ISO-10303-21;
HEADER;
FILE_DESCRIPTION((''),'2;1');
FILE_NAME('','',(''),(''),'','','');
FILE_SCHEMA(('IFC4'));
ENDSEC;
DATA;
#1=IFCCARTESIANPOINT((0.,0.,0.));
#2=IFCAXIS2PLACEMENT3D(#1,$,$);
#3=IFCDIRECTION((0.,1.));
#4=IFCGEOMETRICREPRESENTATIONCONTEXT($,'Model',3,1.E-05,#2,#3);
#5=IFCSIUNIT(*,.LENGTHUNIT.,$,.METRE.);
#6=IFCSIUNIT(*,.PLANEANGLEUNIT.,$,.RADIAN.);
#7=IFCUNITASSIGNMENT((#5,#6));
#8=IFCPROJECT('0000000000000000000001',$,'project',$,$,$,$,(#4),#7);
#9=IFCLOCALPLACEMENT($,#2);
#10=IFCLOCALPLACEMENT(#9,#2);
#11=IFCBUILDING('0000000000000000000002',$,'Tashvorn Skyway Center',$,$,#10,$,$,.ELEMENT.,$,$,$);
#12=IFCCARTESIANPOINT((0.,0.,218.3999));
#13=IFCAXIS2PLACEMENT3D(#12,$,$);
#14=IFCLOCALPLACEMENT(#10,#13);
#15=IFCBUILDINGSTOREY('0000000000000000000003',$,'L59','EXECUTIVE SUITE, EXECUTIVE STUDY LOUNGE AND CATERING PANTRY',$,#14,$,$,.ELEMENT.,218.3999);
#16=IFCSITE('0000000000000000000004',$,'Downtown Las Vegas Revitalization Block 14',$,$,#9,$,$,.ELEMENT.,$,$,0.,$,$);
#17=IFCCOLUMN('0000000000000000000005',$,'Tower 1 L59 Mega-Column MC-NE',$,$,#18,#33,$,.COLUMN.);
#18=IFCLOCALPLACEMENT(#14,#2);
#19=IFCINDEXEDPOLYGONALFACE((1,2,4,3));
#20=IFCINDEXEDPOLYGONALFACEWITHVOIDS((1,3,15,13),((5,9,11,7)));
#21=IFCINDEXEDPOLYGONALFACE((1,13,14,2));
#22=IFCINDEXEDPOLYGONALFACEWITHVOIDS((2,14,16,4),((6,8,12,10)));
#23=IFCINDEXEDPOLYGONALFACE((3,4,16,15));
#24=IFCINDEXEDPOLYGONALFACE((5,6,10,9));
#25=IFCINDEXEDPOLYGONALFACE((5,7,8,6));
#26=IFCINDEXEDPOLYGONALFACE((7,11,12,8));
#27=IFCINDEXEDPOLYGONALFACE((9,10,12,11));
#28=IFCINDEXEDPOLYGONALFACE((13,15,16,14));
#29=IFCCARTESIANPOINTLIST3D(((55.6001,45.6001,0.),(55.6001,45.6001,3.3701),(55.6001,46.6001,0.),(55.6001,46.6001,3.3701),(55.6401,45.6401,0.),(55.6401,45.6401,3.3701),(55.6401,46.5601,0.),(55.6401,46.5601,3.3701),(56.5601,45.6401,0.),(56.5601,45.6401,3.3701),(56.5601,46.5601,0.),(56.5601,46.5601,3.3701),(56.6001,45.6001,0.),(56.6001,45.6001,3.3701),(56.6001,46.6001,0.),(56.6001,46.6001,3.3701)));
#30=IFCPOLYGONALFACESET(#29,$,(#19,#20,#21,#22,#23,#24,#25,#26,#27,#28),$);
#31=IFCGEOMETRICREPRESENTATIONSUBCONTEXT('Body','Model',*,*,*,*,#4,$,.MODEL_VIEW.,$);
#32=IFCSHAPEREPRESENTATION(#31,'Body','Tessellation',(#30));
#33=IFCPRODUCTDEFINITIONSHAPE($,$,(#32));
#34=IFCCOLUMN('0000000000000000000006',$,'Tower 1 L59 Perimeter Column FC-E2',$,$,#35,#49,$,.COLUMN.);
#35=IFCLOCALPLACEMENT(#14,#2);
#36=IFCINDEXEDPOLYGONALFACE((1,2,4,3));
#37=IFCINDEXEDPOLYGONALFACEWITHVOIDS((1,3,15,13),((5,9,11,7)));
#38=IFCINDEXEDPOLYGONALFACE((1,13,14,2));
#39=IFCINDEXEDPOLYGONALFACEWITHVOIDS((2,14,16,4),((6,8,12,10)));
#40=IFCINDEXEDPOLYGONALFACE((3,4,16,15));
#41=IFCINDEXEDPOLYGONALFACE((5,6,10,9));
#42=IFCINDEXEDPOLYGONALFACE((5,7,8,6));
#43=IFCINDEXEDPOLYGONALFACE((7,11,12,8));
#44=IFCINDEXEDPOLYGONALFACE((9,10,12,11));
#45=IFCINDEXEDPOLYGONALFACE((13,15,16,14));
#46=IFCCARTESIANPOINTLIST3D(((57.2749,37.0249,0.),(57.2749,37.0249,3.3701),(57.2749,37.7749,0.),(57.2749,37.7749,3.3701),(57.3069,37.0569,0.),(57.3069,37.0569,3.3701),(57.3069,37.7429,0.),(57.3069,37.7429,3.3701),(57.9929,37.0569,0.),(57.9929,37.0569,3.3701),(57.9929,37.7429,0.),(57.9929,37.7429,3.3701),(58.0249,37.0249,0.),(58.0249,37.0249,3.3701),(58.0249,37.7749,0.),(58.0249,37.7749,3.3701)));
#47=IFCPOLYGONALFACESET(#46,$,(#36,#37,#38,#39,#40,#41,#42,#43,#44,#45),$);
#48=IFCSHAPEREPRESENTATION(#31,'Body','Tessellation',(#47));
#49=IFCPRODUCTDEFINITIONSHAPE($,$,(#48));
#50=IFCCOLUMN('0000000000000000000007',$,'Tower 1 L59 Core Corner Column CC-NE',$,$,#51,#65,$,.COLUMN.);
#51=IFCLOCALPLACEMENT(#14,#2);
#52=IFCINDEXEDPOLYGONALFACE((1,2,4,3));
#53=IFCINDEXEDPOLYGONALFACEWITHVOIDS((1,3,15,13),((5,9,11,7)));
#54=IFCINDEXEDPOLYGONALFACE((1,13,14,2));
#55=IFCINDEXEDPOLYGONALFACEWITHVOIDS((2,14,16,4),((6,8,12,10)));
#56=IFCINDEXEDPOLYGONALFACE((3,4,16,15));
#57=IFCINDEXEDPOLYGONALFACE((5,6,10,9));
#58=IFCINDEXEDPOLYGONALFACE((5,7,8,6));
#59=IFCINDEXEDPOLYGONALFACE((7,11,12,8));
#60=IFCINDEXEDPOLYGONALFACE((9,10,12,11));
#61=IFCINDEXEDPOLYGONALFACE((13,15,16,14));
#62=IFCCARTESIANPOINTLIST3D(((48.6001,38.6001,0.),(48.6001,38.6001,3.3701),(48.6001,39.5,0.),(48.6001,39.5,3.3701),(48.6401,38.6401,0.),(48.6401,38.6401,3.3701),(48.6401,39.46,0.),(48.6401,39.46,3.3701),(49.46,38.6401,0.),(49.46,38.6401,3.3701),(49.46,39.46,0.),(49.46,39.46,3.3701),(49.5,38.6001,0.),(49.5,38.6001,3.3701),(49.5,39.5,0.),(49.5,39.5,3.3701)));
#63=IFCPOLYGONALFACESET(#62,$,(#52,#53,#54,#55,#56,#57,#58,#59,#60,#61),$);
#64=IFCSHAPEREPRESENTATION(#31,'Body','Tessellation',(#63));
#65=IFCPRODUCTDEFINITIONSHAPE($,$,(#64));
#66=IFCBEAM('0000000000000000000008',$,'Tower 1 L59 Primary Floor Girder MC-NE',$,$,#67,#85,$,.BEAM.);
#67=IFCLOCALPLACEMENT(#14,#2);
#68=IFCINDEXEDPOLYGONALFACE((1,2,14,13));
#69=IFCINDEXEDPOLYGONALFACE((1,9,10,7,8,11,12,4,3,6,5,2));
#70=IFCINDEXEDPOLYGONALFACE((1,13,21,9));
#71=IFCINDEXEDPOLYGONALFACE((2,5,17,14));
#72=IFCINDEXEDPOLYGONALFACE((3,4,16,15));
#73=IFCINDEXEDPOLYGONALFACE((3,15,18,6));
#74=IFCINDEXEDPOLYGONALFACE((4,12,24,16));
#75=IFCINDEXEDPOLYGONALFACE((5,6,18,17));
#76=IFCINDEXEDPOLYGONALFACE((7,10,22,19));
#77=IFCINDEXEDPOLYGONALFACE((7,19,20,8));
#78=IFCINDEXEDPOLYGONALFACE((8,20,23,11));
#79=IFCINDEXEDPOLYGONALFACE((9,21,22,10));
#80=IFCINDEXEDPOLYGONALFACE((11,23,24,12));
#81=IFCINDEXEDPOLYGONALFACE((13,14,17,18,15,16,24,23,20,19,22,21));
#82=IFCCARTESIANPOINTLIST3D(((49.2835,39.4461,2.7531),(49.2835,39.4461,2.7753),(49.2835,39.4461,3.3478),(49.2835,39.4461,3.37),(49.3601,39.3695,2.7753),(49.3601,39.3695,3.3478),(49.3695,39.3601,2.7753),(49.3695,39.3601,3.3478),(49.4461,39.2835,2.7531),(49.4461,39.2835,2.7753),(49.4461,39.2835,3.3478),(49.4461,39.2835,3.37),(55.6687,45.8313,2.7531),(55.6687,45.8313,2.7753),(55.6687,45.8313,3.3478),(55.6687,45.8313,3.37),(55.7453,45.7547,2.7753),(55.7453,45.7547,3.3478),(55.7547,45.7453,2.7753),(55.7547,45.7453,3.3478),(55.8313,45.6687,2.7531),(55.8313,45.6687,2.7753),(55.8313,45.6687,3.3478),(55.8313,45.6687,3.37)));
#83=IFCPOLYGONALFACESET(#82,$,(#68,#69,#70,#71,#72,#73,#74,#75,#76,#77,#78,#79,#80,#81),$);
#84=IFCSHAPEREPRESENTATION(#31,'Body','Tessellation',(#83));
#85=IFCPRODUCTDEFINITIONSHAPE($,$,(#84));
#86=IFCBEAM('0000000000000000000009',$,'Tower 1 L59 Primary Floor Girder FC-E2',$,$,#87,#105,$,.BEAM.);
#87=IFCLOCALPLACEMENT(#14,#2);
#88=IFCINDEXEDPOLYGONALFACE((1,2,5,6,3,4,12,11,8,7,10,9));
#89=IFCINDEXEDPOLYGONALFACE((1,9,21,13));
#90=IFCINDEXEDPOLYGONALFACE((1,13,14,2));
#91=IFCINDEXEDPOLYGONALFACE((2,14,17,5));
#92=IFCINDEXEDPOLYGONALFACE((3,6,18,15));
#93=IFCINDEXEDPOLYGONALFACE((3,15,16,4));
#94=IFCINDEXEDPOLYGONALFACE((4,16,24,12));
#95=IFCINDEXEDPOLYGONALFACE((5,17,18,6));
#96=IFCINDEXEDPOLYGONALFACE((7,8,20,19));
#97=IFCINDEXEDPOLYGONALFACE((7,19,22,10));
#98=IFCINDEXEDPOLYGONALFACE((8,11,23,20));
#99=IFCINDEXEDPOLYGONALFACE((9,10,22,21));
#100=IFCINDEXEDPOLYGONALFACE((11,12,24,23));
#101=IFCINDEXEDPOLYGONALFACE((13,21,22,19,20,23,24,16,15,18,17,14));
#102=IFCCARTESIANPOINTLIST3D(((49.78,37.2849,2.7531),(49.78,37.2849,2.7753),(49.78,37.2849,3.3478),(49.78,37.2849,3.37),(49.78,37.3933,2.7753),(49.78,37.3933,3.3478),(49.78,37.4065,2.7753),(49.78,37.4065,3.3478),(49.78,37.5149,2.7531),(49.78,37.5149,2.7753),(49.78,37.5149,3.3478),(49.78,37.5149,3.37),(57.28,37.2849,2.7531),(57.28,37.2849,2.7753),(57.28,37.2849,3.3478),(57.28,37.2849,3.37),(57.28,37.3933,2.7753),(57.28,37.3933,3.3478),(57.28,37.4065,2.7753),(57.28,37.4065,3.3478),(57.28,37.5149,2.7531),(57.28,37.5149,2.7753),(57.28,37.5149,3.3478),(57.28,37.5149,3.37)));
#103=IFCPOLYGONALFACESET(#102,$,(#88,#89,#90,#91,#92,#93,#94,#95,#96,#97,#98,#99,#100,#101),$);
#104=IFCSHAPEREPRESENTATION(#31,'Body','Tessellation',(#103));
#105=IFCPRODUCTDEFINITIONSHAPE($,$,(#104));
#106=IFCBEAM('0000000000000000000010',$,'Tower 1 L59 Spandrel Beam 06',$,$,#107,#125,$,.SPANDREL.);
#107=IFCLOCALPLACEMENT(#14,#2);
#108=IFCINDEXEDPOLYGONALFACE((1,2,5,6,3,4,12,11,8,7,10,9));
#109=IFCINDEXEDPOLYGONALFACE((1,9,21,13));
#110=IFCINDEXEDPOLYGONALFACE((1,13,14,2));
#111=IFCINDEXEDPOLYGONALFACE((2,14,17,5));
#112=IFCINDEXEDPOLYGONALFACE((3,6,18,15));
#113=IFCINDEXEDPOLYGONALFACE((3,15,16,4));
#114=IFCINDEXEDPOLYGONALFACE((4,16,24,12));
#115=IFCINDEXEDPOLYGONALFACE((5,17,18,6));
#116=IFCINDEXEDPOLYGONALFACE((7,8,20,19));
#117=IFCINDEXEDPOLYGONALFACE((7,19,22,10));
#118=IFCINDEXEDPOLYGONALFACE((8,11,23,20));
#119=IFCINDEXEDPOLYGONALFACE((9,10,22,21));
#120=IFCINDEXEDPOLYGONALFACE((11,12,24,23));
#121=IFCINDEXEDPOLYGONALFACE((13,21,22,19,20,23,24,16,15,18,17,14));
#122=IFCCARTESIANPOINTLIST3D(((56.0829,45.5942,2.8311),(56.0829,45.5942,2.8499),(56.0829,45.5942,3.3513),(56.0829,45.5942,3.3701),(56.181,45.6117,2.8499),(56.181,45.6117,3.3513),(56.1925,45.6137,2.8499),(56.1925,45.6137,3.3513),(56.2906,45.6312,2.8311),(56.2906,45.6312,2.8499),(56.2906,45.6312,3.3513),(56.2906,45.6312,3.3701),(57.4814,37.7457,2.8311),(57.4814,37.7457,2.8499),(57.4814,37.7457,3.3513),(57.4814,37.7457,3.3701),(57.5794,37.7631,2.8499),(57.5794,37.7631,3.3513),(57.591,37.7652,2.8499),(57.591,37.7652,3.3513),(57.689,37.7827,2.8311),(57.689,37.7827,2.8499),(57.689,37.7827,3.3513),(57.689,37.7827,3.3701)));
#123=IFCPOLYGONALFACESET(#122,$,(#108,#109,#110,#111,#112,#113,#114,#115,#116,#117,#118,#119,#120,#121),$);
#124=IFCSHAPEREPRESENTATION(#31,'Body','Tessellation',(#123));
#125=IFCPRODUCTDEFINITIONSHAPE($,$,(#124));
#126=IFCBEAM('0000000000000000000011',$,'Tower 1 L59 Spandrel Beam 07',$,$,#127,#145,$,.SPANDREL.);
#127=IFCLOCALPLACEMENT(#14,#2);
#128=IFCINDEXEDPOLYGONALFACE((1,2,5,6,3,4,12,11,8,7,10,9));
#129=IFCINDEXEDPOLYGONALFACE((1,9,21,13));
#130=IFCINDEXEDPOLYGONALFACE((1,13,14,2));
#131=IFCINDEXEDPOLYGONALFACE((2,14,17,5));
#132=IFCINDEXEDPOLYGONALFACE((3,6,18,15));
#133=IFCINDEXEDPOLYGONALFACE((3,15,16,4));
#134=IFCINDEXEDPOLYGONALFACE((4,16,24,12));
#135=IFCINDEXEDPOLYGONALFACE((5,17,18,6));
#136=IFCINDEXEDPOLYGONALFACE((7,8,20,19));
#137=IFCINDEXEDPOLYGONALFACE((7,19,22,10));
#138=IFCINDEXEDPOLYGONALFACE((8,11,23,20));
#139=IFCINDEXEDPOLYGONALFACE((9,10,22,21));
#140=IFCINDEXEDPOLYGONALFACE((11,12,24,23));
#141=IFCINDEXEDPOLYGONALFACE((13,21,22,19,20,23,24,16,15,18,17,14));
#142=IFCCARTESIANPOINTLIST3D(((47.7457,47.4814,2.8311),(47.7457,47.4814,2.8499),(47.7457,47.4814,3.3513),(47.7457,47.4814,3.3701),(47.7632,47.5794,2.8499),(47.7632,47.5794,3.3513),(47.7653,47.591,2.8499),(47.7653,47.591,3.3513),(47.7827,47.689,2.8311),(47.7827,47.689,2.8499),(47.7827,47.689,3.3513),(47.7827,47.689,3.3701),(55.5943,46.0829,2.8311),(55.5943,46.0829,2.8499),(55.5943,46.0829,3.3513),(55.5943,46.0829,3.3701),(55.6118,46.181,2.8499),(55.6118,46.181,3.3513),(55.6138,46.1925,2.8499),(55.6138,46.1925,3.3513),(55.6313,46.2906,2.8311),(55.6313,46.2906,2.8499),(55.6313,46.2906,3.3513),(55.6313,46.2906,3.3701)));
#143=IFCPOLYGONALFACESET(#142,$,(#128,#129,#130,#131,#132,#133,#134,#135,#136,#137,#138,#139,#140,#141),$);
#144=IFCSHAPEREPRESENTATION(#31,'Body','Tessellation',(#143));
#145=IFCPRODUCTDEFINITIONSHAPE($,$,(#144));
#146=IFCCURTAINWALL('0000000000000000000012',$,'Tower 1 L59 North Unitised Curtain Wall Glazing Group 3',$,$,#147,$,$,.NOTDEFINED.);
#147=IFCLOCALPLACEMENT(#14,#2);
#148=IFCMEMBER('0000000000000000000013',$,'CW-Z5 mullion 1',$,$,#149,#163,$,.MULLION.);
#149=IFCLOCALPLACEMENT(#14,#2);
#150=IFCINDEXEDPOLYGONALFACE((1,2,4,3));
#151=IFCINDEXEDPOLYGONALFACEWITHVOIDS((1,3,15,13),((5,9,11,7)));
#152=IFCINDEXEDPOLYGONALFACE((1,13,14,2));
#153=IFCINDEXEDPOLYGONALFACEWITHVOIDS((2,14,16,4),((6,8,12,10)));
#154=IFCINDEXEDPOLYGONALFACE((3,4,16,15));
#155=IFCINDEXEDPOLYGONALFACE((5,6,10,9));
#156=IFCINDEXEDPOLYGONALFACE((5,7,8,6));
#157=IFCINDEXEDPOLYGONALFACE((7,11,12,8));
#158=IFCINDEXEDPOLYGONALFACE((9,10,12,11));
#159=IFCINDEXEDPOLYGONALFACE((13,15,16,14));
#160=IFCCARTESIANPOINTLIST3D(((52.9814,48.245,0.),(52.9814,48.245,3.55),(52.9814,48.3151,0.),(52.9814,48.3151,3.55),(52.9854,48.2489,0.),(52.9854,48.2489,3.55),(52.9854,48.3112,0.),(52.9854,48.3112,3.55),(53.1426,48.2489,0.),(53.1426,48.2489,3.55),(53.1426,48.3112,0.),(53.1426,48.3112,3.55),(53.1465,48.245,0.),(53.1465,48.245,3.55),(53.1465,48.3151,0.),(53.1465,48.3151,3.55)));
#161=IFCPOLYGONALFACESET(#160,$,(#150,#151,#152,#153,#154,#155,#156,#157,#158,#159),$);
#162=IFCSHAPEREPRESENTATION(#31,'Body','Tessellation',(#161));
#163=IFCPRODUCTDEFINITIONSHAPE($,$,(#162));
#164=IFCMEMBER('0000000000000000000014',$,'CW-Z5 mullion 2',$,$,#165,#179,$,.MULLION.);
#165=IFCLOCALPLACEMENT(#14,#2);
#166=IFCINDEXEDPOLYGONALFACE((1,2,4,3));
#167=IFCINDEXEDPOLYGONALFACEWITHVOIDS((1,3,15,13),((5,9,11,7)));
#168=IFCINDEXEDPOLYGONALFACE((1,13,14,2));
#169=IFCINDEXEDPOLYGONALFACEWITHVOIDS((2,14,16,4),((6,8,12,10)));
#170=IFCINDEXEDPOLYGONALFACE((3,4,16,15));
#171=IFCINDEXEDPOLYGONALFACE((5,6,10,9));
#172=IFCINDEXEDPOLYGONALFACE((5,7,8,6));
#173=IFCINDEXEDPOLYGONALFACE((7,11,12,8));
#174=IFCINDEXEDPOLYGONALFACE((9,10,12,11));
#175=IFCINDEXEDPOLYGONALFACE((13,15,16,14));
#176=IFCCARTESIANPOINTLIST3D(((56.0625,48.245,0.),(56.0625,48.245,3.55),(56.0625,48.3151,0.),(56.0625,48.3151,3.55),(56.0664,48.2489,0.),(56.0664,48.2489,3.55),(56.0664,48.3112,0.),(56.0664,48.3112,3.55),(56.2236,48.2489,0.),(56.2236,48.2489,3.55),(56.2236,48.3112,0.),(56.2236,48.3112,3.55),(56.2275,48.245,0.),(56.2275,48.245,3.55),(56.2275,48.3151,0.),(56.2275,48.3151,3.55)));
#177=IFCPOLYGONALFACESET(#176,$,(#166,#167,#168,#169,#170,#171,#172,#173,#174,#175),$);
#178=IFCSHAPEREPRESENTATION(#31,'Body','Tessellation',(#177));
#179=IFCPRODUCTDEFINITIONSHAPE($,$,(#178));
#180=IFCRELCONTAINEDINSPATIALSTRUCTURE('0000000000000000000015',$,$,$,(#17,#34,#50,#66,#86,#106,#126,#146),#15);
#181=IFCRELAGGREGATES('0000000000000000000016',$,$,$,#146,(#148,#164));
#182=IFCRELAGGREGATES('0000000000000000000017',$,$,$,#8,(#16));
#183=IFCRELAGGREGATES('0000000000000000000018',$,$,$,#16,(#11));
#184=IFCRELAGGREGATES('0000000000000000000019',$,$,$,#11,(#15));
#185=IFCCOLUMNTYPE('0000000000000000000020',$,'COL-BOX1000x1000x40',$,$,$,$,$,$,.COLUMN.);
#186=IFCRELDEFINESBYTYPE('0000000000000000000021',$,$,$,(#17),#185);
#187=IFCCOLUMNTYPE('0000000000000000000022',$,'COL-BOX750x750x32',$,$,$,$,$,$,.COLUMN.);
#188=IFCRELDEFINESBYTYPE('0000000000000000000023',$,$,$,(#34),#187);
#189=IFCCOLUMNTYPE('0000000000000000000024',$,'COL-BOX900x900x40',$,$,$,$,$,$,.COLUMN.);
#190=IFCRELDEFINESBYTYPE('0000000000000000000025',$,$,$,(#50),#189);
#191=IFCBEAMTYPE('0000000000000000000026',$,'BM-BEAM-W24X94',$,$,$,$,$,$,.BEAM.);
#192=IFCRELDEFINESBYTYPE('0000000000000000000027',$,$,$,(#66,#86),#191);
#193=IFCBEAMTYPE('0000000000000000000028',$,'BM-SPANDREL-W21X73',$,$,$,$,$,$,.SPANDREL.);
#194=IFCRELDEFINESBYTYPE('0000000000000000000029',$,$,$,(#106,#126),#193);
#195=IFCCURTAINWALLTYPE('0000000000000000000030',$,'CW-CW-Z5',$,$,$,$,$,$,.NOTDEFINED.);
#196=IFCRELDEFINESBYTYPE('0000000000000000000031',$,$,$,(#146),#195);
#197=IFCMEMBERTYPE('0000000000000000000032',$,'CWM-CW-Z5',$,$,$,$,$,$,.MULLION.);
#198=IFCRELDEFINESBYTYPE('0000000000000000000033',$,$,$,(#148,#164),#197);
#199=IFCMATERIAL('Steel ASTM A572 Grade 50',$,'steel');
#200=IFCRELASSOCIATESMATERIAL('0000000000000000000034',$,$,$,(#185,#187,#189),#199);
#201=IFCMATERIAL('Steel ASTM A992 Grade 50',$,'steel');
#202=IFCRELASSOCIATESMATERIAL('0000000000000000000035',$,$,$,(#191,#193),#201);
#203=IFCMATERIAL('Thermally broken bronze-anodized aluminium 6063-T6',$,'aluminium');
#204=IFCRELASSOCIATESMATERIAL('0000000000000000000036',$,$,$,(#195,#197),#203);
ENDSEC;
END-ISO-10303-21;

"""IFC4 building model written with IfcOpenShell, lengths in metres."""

from ifc_helpers import new_model, si_unit, direction, frame, origin, origin_2d, place, context, subcontext, project, spatial, hollow_rectangle, i_section, extrude, material, material_profile, profile_set, type_object, element, aggregate, save


model = new_model("IFC4")

# Units and contexts
model_context = context("Model", 3, precision=1e-05, world=origin(), true_north=direction((0.0, 1.0)))
body_context = subcontext(model_context, "Body", "Model", "MODEL_VIEW")
ifc_project = project(units=[si_unit("LENGTHUNIT", "METRE"), si_unit("PLANEANGLEUNIT", "RADIAN")], contexts=[model_context])

# Site, building, storey
site_placement = place(None, origin())
site = spatial("IfcSite", under=ifc_project, at=site_placement, Name="Downtown Las Vegas Revitalization Block 14", CompositionType="ELEMENT", RefElevation=0.0)
building_placement = place(site_placement, origin())
building = spatial("IfcBuilding", under=site, at=building_placement, Name="Tashvorn Skyway Center", CompositionType="ELEMENT")
storey_placement = place(building_placement, frame((0.0, 0.0, 218.3999)))
storey = spatial("IfcBuildingStorey", under=building, at=storey_placement, Name="L59", Description="EXECUTIVE SUITE, EXECUTIVE STUDY LOUNGE AND CATERING PANTRY", CompositionType="ELEMENT", Elevation=218.3999)

# Columns
ifc_material_1 = material(Name="Steel ASTM A572 Grade 50", Category="steel")
ifc_material_profile_1 = material_profile(ifc_material_1, hollow_rectangle(XDim=1.0, YDim=1.0, WallThickness=0.04, at=origin_2d()), Name="BOX1000x1000x40")
ifc_profile_set_1 = profile_set([ifc_material_profile_1], Name="Steel ASTM A572 Grade 50")
column_type_1 = type_object("IfcColumnType", Name="COL-BOX1000x1000x40", PredefinedType="COLUMN", material=ifc_profile_set_1)
column_1_placement = place(storey_placement, frame((56.1001, 46.1001, 0.0), z_axis=(0.0, 0.0, 1.0), x_axis=(1.0, 0.0, 0.0)))
element("IfcColumn", 1, at=column_1_placement, inside=storey, type_object=column_type_1, Name="Tower 1 L59 Mega-Column MC-NE", PredefinedType="COLUMN", context=body_context, shape_type="SweptSolid", body=[
    extrude(hollow_rectangle(XDim=1.0, YDim=1.0, WallThickness=0.04, at=origin_2d()), origin(), (0.0, 0.0, 1.0), 3.3701),
])
ifc_material_profile_2 = material_profile(ifc_material_1, hollow_rectangle(XDim=0.75, YDim=0.75, WallThickness=0.032, at=origin_2d()), Name="BOX750x750x32")
ifc_profile_set_2 = profile_set([ifc_material_profile_2], Name="Steel ASTM A572 Grade 50")
column_type_2 = type_object("IfcColumnType", Name="COL-BOX750x750x32", PredefinedType="COLUMN", material=ifc_profile_set_2)
column_2_placement = place(storey_placement, frame((57.6499, 37.3999, 0.0), z_axis=(0.0, 0.0, 1.0), x_axis=(1.0, 0.0, 0.0)))
element("IfcColumn", 2, at=column_2_placement, inside=storey, type_object=column_type_2, Name="Tower 1 L59 Perimeter Column FC-E2", PredefinedType="COLUMN", context=body_context, shape_type="SweptSolid", body=[
    extrude(hollow_rectangle(XDim=0.75, YDim=0.75, WallThickness=0.032, at=origin_2d()), origin(), (0.0, 0.0, 1.0), 3.3701),
])
ifc_material_profile_3 = material_profile(ifc_material_1, hollow_rectangle(XDim=0.8999, YDim=0.8999, WallThickness=0.04, at=origin_2d()), Name="BOX900x900x40")
ifc_profile_set_3 = profile_set([ifc_material_profile_3], Name="Steel ASTM A572 Grade 50")
column_type_3 = type_object("IfcColumnType", Name="COL-BOX900x900x40", PredefinedType="COLUMN", material=ifc_profile_set_3)
column_3_placement = place(storey_placement, frame((49.05, 39.05, 0.0), z_axis=(0.0, 0.0, 1.0), x_axis=(1.0, 0.0, 0.0)))
element("IfcColumn", 3, at=column_3_placement, inside=storey, type_object=column_type_3, Name="Tower 1 L59 Core Corner Column CC-NE", PredefinedType="COLUMN", context=body_context, shape_type="SweptSolid", body=[
    extrude(hollow_rectangle(XDim=0.8999, YDim=0.8999, WallThickness=0.04, at=origin_2d()), origin(), (0.0, 0.0, 1.0), 3.3701),
])

# Beams
ifc_material_2 = material(Name="Steel ASTM A992 Grade 50", Category="steel")
ifc_material_profile_4 = material_profile(ifc_material_2, i_section(OverallWidth=0.23, OverallDepth=0.6169, WebThickness=0.0132, FlangeThickness=0.0222, at=origin_2d()), Name="W24X94")
ifc_profile_set_4 = profile_set([ifc_material_profile_4], Name="Steel ASTM A992 Grade 50")
beam_type_1 = type_object("IfcBeamType", Name="BM-BEAM-W24X94", PredefinedType="BEAM", material=ifc_profile_set_4)
beam_1_placement = place(storey_placement, frame((55.75, 45.75, 3.0615), z_axis=(-0.707107, -0.707107, 0.0), x_axis=(0.707107, -0.707107, 0.0)))
element("IfcBeam", 4, at=beam_1_placement, inside=storey, type_object=beam_type_1, Name="Tower 1 L59 Primary Floor Girder MC-NE", PredefinedType="BEAM", context=body_context, shape_type="SweptSolid", body=[
    extrude(i_section(OverallWidth=0.23, OverallDepth=0.6169, WebThickness=0.0132, FlangeThickness=0.0222, at=origin_2d()), origin(), (0.0, 0.0, 1.0), 9.03),
])
beam_2_placement = place(storey_placement, frame((57.28, 37.3999, 3.0615), z_axis=(-1.0, 0.0, 0.0), x_axis=(0.0, -1.0, 0.0)))
element("IfcBeam", 5, at=beam_2_placement, inside=storey, type_object=beam_type_1, Name="Tower 1 L59 Primary Floor Girder FC-E2", PredefinedType="BEAM", context=body_context, shape_type="SweptSolid", body=[
    extrude(i_section(OverallWidth=0.23, OverallDepth=0.6169, WebThickness=0.0132, FlangeThickness=0.0222, at=origin_2d()), origin(), (0.0, 0.0, 1.0), 7.5),
])
ifc_material_profile_5 = material_profile(ifc_material_2, i_section(OverallWidth=0.2109, OverallDepth=0.5391, WebThickness=0.0117, FlangeThickness=0.0188, at=origin_2d()), Name="W21X73")
ifc_profile_set_5 = profile_set([ifc_material_profile_5], Name="Steel ASTM A992 Grade 50")
beam_type_2 = type_object("IfcBeamType", Name="BM-SPANDREL-W21X73", PredefinedType="SPANDREL", material=ifc_profile_set_5)
for number, where, z_axis, x_axis, name in (
    (6, (57.5852, 37.7642, 3.1006), (-0.175413, 0.984495, 0.0), (-0.984495, -0.175413, 0.0), "Tower 1 L59 Spandrel Beam 06"),
    (7, (55.6128, 46.1868, 3.1006), (-0.984495, 0.175413, 0.0), (-0.175413, -0.984495, 0.0), "Tower 1 L59 Spandrel Beam 07"),
):
    element("IfcBeam", number, at=place(storey_placement, frame(where, z_axis=z_axis, x_axis=x_axis)), inside=storey, type_object=beam_type_2, Name=name, PredefinedType="SPANDREL", context=body_context, shape_type="SweptSolid", body=[
        extrude(i_section(OverallWidth=0.2109, OverallDepth=0.5391, WebThickness=0.0117, FlangeThickness=0.0188, at=origin_2d()), origin(), (0.0, 0.0, 1.0), 7.9722),
    ])

# Curtain wall, members
ifc_material_3 = material(Name="Thermally broken bronze-anodized aluminium 6063-T6", Category="aluminium")
curtain_wall_type = type_object("IfcCurtainWallType", Name="CW-CW-Z5", PredefinedType="NOTDEFINED", material=ifc_material_3)
curtain_wall_1_placement = place(storey_placement, origin())
curtain_wall_1 = element("IfcCurtainWall", 8, at=curtain_wall_1_placement, inside=storey, type_object=curtain_wall_type, Name="Tower 1 L59 North Unitised Curtain Wall Glazing Group 3", PredefinedType="NOTDEFINED")
ifc_material_profile_6 = material_profile(ifc_material_3, hollow_rectangle(XDim=0.0701, YDim=0.165, WallThickness=0.0039, at=origin_2d()), Name="ALU-MULL-70x165")
ifc_profile_set_6 = profile_set([ifc_material_profile_6], Name="Thermally broken bronze-anodized aluminium 6063-T6")
member_type_1 = type_object("IfcMemberType", Name="CWM-CW-Z5", PredefinedType="MULLION", material=ifc_profile_set_6)
member_1_placement = place(storey_placement, frame((53.064, 48.28, 0.0), z_axis=(0.0, 0.0, 1.0), x_axis=(0.0, 1.0, 0.0)))
member_1 = element("IfcMember", 9, at=member_1_placement, type_object=member_type_1, Name="CW-Z5 mullion 1", PredefinedType="MULLION", context=body_context, shape_type="SweptSolid", body=[
    extrude(hollow_rectangle(XDim=0.0701, YDim=0.165, WallThickness=0.0039, at=origin_2d()), origin(), (0.0, 0.0, 1.0), 3.55),
])
member_2_placement = place(storey_placement, frame((56.145, 48.28, 0.0), z_axis=(0.0, 0.0, 1.0), x_axis=(0.0, 1.0, 0.0)))
member_2 = element("IfcMember", 10, at=member_2_placement, type_object=member_type_1, Name="CW-Z5 mullion 2", PredefinedType="MULLION", context=body_context, shape_type="SweptSolid", body=[
    extrude(hollow_rectangle(XDim=0.0701, YDim=0.165, WallThickness=0.0039, at=origin_2d()), origin(), (0.0, 0.0, 1.0), 3.55),
])

aggregate(curtain_wall_1, [member_1, member_2])

save(model, "model.ifc")
